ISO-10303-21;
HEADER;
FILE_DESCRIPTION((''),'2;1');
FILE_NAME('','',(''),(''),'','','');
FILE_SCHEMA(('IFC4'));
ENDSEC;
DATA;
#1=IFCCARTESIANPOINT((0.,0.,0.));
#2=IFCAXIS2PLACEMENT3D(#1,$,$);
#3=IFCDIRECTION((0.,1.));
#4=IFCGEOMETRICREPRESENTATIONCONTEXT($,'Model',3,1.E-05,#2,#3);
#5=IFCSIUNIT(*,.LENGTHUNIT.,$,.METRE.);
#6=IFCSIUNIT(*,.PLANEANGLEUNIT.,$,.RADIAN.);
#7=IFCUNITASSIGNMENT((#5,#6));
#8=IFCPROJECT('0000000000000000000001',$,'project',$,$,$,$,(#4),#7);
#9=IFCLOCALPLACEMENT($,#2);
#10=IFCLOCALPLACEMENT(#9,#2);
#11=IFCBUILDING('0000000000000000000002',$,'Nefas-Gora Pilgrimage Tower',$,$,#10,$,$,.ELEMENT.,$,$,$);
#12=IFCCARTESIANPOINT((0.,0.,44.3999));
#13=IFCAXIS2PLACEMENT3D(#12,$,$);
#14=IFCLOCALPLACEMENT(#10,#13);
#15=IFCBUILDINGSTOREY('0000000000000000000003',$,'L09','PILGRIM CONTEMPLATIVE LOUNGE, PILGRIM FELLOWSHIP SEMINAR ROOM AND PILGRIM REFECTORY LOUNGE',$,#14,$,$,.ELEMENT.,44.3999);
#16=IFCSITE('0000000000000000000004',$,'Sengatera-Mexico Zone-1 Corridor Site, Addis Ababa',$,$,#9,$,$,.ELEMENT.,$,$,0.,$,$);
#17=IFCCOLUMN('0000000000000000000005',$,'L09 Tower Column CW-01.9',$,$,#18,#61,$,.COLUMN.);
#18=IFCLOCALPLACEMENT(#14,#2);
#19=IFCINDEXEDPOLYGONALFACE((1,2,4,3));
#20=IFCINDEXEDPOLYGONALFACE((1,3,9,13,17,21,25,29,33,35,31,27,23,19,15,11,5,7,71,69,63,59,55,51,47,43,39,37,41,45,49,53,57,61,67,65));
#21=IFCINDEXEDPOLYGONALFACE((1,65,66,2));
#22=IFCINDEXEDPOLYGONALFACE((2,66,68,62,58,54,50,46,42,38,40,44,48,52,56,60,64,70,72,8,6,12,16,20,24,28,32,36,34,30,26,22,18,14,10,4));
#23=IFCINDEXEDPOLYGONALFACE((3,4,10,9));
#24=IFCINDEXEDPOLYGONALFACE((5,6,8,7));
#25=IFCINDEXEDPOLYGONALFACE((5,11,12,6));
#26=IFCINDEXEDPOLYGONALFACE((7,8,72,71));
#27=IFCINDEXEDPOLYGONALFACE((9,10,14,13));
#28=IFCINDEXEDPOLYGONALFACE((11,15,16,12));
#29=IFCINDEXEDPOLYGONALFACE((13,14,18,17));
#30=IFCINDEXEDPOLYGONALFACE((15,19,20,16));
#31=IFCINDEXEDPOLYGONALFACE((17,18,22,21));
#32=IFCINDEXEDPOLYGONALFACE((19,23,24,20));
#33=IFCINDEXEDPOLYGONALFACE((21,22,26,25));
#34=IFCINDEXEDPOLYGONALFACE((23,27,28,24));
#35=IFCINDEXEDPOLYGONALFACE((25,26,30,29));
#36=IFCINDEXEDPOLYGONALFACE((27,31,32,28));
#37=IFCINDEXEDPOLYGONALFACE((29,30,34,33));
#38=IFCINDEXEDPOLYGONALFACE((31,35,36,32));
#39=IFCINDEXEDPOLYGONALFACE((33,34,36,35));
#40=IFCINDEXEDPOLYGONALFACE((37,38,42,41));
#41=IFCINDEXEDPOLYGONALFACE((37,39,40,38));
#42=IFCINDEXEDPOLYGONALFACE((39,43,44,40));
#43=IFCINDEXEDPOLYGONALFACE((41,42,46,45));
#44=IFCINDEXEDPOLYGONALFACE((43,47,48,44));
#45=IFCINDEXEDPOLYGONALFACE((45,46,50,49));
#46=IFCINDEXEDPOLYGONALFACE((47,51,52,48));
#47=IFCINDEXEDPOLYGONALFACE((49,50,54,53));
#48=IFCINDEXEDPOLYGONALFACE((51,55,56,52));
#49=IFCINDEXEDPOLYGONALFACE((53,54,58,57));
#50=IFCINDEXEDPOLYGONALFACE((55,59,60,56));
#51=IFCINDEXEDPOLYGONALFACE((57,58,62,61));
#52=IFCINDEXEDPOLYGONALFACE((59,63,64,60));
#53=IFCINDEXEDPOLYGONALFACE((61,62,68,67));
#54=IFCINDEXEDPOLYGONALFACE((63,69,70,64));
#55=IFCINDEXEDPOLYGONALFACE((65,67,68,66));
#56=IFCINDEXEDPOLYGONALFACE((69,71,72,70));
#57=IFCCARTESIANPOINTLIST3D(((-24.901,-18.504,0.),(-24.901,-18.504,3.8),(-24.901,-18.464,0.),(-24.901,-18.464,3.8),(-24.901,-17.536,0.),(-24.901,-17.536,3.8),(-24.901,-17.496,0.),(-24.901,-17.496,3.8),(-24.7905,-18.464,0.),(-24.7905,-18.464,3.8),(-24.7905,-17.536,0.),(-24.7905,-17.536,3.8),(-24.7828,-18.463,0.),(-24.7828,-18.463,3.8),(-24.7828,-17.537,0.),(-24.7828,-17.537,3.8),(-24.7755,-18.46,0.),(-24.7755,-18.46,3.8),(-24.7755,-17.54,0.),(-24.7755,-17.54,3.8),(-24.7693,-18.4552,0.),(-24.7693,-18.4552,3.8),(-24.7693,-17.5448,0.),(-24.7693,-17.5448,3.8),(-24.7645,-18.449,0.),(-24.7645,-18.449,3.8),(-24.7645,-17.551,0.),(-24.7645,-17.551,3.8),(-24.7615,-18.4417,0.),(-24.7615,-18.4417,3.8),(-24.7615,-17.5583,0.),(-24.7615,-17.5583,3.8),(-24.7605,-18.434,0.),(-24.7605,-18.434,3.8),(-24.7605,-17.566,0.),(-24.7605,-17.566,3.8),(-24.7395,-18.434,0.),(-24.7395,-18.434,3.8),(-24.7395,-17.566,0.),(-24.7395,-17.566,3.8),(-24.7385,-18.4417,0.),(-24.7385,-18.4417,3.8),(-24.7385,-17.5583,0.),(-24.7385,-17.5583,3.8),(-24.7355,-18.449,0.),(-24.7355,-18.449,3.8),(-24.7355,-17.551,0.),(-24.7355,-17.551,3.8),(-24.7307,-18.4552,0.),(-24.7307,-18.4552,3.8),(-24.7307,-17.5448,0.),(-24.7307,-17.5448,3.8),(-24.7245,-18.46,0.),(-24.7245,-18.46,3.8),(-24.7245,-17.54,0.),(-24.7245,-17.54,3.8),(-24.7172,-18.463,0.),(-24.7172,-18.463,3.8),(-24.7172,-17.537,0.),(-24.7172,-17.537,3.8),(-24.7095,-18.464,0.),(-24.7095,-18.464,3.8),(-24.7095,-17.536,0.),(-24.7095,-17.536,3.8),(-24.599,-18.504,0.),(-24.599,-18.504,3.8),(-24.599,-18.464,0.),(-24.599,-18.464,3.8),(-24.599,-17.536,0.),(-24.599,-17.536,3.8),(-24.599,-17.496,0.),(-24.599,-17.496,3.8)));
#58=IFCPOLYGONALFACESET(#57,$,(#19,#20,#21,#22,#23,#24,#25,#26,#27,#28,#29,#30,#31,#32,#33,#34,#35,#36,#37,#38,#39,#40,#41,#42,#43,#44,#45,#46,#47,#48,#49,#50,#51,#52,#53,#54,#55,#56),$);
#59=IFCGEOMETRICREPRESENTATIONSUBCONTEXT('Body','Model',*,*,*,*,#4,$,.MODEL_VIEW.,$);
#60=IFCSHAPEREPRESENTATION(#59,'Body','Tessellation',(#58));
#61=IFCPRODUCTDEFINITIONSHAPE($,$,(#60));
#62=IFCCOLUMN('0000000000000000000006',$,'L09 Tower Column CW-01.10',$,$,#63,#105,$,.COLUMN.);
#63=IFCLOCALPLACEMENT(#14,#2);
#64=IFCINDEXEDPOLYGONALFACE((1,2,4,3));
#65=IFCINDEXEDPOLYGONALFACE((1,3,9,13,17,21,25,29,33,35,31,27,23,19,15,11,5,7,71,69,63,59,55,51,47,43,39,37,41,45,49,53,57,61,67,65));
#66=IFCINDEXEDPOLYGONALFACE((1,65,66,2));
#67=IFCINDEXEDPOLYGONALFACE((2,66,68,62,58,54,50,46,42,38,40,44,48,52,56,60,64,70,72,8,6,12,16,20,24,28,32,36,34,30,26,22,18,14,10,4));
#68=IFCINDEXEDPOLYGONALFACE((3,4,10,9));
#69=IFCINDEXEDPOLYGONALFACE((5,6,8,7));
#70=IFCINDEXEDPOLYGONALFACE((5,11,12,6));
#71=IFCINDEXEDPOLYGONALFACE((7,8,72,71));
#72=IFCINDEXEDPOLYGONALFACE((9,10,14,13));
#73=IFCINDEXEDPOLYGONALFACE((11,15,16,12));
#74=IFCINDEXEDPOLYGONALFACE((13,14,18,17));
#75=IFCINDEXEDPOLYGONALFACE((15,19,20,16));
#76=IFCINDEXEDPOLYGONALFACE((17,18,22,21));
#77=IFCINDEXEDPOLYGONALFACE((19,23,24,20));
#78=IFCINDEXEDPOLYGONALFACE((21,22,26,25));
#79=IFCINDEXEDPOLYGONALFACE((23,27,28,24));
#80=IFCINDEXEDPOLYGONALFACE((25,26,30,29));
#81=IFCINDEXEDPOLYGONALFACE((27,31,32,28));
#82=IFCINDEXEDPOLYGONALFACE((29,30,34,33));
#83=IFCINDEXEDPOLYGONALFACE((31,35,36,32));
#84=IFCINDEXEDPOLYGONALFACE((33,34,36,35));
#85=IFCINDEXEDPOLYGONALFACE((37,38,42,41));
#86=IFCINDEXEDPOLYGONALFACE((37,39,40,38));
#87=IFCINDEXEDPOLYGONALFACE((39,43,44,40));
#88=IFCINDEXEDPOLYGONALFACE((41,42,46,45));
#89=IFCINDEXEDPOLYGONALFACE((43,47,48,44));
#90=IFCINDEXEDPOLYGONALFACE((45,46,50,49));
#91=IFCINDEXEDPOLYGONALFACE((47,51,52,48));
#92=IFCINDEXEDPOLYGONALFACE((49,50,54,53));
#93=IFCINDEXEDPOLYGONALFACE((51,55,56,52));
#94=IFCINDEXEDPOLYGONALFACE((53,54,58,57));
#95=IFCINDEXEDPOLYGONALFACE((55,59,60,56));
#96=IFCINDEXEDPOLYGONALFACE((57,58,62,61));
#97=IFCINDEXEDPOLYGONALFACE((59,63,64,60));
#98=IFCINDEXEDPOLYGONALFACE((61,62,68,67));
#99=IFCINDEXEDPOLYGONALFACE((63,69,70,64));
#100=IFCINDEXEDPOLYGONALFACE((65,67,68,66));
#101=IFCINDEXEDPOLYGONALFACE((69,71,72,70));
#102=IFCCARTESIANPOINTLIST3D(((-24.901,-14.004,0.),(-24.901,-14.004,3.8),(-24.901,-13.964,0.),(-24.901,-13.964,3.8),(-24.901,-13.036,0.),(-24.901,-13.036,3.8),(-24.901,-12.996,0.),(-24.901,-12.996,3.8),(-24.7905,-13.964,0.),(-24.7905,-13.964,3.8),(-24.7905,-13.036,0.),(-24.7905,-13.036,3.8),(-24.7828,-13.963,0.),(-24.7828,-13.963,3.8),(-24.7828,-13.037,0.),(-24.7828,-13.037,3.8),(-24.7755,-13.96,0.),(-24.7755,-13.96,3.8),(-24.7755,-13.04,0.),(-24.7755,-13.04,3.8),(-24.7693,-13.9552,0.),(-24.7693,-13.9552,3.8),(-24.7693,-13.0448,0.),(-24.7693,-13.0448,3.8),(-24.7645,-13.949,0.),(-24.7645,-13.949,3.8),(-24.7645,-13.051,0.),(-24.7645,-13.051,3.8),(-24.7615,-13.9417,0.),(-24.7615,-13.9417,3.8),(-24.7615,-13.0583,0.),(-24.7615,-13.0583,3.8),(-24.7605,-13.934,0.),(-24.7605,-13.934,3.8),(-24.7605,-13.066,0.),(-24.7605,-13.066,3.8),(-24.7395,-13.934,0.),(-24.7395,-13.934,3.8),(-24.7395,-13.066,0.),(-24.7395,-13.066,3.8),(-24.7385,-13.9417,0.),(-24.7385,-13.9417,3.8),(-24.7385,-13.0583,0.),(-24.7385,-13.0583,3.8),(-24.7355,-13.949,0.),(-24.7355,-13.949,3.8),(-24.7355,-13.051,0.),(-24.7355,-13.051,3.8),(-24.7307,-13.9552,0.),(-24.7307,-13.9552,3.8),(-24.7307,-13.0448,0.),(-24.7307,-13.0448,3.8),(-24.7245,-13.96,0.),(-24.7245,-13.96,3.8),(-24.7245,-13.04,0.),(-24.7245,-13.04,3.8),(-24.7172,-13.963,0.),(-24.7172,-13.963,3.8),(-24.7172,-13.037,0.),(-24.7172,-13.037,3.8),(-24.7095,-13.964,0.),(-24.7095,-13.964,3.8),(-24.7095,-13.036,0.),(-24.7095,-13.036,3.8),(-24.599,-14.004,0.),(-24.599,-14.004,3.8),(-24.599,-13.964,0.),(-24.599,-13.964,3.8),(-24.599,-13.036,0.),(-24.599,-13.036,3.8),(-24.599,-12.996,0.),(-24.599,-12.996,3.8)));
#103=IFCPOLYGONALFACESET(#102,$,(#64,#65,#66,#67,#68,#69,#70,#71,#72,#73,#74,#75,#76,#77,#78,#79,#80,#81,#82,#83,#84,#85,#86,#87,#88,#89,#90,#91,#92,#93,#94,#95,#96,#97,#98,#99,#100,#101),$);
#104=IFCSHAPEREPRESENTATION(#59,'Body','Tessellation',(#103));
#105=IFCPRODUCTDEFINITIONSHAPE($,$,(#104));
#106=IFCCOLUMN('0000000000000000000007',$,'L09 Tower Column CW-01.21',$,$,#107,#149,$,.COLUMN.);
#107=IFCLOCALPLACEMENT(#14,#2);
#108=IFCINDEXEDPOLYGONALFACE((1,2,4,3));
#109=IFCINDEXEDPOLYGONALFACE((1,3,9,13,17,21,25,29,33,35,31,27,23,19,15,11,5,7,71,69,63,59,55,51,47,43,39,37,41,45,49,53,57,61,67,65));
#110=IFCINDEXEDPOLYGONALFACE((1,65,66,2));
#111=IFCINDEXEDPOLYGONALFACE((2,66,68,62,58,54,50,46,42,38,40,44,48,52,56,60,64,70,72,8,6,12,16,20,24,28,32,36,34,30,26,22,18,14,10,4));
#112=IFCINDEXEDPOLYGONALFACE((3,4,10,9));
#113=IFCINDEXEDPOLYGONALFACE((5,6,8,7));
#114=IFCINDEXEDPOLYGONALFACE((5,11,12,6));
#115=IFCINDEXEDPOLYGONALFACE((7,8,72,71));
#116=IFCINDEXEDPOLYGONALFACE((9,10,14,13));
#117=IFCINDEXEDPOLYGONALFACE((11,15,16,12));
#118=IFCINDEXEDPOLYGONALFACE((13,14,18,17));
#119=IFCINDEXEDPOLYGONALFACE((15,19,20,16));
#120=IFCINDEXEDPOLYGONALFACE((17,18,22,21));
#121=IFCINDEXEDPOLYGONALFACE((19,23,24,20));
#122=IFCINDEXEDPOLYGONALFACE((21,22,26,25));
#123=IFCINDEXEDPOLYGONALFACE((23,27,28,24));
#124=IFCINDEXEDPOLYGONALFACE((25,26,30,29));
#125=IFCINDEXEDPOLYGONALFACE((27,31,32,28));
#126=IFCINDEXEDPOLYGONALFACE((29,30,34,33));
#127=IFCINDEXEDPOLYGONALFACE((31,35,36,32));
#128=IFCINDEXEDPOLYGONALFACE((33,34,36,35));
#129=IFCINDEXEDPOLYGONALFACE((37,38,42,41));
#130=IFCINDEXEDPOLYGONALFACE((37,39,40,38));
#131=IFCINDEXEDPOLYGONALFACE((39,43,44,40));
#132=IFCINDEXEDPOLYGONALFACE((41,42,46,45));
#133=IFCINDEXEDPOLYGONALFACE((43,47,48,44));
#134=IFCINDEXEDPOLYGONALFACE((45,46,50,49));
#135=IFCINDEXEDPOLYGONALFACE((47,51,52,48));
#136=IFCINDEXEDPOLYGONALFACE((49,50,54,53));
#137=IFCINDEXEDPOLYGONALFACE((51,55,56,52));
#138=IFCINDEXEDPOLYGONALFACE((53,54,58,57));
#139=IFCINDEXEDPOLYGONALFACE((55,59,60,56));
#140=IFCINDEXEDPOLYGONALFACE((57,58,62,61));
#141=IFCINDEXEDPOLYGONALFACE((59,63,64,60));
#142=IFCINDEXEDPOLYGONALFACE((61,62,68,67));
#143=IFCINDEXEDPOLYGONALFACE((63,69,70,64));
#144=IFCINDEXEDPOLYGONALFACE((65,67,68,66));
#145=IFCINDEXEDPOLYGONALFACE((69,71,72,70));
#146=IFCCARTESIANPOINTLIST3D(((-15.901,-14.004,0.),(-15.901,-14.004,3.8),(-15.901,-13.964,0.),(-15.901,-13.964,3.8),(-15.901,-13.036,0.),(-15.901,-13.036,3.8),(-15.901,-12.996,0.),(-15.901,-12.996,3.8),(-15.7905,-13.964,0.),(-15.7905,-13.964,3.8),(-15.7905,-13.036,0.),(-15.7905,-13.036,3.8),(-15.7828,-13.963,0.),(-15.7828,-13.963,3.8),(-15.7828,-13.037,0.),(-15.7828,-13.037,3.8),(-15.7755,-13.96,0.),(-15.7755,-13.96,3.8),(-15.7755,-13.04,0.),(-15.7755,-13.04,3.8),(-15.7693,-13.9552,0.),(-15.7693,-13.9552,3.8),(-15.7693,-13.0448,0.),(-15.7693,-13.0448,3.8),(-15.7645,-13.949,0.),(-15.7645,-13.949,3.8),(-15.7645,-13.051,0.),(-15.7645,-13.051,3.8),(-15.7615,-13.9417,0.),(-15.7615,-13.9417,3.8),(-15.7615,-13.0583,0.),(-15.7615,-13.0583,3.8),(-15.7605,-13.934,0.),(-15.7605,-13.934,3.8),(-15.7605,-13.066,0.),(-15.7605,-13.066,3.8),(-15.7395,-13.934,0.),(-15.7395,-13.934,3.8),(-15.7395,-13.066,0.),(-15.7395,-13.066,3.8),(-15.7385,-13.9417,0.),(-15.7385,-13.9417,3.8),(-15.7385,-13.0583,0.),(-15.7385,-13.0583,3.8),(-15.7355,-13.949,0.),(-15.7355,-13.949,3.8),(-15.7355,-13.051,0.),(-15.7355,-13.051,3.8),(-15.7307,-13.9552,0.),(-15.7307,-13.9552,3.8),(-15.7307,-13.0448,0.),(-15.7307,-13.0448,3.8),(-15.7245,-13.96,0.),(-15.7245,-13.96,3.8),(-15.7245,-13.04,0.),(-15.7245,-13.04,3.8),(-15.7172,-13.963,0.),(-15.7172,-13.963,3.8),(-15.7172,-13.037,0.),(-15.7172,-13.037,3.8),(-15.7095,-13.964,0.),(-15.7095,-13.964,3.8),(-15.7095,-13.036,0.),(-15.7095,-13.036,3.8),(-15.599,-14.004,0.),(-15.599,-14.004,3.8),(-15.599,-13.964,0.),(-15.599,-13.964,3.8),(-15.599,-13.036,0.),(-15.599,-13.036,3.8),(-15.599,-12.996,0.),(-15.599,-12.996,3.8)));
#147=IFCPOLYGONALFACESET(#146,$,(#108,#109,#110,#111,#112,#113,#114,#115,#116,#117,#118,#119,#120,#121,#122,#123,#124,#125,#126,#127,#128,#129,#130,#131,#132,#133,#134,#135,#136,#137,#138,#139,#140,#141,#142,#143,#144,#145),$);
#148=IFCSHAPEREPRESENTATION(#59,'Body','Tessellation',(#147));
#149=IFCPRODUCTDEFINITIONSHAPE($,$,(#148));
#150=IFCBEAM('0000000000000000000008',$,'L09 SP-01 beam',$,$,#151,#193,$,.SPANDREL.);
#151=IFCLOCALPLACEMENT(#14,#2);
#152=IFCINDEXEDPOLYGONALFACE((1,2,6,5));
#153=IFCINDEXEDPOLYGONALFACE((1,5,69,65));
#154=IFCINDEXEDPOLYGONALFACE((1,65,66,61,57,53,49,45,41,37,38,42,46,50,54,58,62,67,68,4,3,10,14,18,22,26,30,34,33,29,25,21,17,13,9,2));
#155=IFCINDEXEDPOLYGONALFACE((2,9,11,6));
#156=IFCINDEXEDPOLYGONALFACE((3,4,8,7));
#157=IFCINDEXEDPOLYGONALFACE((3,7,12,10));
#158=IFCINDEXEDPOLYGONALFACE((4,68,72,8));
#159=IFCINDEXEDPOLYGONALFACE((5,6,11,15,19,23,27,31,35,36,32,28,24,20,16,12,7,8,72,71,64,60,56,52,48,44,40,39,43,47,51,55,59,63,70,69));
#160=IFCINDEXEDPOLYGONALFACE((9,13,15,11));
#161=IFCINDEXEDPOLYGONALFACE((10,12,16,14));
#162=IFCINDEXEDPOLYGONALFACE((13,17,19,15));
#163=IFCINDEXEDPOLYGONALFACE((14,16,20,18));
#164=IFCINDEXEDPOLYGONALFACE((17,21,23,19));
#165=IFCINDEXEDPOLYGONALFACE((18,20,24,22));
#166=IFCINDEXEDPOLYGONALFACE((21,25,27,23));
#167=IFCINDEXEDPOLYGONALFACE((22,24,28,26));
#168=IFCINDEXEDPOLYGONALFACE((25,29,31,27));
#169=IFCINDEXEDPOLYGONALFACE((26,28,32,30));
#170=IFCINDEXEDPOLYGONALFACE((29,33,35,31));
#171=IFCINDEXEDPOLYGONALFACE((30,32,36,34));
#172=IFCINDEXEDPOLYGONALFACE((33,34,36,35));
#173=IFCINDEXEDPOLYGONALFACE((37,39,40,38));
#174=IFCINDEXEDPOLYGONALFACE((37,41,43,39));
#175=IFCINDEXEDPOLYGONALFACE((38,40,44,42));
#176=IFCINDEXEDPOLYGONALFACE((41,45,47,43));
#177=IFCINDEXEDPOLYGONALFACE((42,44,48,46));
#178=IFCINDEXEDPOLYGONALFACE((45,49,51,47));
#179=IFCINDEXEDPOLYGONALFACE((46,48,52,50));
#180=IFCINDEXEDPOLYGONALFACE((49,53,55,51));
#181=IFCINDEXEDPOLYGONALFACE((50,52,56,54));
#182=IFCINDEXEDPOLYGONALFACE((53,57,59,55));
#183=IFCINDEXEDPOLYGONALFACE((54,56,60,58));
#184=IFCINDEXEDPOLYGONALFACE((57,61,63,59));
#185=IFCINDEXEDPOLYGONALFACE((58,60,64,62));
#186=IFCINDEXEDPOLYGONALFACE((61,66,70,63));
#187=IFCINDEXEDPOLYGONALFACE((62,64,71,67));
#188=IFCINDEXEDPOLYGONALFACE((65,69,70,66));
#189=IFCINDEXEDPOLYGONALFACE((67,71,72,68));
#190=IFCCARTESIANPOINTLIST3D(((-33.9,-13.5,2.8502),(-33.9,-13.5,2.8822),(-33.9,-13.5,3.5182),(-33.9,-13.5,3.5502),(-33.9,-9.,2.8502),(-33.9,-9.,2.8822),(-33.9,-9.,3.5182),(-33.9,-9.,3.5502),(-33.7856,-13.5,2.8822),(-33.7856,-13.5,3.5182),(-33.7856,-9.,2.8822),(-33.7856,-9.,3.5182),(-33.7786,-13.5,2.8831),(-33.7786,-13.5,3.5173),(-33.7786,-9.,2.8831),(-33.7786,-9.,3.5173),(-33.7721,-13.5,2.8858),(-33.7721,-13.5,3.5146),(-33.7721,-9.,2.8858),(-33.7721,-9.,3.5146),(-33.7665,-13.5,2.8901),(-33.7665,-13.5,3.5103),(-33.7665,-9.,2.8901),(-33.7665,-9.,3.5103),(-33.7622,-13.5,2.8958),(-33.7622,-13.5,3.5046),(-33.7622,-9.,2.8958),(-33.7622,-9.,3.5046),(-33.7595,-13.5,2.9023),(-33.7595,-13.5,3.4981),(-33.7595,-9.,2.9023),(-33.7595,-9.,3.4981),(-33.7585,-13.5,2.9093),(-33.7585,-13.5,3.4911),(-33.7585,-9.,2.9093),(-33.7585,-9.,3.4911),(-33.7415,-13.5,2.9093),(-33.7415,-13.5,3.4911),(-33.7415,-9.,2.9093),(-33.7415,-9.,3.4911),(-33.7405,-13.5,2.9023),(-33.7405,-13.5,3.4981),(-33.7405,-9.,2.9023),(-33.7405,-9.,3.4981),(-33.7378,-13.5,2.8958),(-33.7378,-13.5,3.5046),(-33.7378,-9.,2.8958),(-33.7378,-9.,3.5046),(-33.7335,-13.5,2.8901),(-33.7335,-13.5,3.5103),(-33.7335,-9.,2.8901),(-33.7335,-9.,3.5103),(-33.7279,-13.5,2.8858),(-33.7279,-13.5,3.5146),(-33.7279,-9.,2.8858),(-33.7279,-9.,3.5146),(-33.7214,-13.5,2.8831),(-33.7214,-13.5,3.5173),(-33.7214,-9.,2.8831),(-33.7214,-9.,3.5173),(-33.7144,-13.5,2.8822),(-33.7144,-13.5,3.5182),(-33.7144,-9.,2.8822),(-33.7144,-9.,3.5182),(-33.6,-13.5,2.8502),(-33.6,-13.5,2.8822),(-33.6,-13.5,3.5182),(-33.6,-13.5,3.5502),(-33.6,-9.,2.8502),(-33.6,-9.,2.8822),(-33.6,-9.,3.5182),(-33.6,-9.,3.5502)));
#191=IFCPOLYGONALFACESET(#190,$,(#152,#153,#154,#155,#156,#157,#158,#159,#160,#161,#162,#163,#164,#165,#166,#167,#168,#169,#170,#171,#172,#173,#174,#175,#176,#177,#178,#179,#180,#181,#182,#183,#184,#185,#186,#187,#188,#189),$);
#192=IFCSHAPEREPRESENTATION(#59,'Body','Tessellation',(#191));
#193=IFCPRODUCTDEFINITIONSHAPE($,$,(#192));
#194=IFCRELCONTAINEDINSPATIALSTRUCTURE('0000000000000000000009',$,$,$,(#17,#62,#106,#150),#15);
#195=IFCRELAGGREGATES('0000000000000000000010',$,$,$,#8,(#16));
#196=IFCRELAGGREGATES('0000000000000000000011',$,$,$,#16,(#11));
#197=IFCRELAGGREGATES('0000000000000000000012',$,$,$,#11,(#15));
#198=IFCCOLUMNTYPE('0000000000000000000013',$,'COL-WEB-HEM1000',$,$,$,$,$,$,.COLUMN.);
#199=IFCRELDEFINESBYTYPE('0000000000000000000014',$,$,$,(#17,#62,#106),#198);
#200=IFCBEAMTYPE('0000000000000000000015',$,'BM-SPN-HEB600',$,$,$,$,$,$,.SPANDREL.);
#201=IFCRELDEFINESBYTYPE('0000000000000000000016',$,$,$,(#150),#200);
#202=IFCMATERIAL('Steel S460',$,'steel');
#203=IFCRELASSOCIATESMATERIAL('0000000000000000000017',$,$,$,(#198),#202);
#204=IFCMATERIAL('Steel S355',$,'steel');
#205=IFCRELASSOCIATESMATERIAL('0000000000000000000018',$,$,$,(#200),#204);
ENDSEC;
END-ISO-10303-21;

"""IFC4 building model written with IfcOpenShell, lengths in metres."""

from ifc_helpers import new_model, si_unit, direction, frame, origin, origin_2d, place, context, subcontext, project, spatial, i_section, extrude, source, transform, mapped, material, material_profile, profile_set, type_object, element, save


model = new_model("IFC4")

# Units and contexts
model_context = context("Model", 3, precision=1e-05, world=origin(), true_north=direction((0.0, 1.0)))
body_context = subcontext(model_context, "Body", "Model", "MODEL_VIEW")
ifc_project = project(units=[si_unit("LENGTHUNIT", "METRE"), si_unit("PLANEANGLEUNIT", "RADIAN")], contexts=[model_context])

# Site, building, storey
site_placement = place(None, origin())
site = spatial("IfcSite", under=ifc_project, at=site_placement, Name="Sengatera-Mexico Zone-1 Corridor Site, Addis Ababa", CompositionType="ELEMENT", RefElevation=0.0)
building_placement = place(site_placement, origin())
building = spatial("IfcBuilding", under=site, at=building_placement, Name="Nefas-Gora Pilgrimage Tower", CompositionType="ELEMENT")
storey_placement = place(building_placement, frame((0.0, 0.0, 44.3999)))
storey = spatial("IfcBuildingStorey", under=building, at=storey_placement, Name="L09", Description="PILGRIM CONTEMPLATIVE LOUNGE, PILGRIM FELLOWSHIP SEMINAR ROOM AND PILGRIM REFECTORY LOUNGE", CompositionType="ELEMENT", Elevation=44.3999)

# Columns
ifc_material_1 = material(Name="Steel S460", Category="steel")
ifc_material_profile_1 = material_profile(ifc_material_1, i_section(OverallWidth=0.302, OverallDepth=1.0081, WebThickness=0.021, FlangeThickness=0.04, FilletRadius=0.03, at=origin_2d()), Name="HEM 1000")
ifc_profile_set_1 = profile_set([ifc_material_profile_1], Name="Steel S460")
column_type_1 = type_object("IfcColumnType", Name="COL-WEB-HEM1000", PredefinedType="COLUMN", material=ifc_profile_set_1)
shared_shape_1 = source(origin(), body_context, "Body", "SweptSolid", [
    extrude(i_section(OverallWidth=0.302, OverallDepth=1.0081, WebThickness=0.021, FlangeThickness=0.04, FilletRadius=0.03, at=origin_2d()), origin(), (0.0, 0.0, 1.0), 3.8),
])
for number, where, z_axis, x_axis, name in (
    (1, (-24.75, -18.0, 0.0), (0.0, 0.0, 1.0), (1.0, 0.0, 0.0), "L09 Tower Column CW-01.9"),
    (2, (-24.75, -13.5, 0.0), (0.0, 0.0, 1.0), (1.0, 0.0, 0.0), "L09 Tower Column CW-01.10"),
    (3, (-15.75, -13.5, 0.0), (0.0, 0.0, 1.0), (1.0, 0.0, 0.0), "L09 Tower Column CW-01.21"),
):
    element("IfcColumn", number, at=place(storey_placement, frame(where, z_axis=z_axis, x_axis=x_axis)), inside=storey, type_object=column_type_1, Name=name, PredefinedType="COLUMN", context=body_context, shape_type="MappedRepresentation", body=[
        mapped(shared_shape_1, transform((0.0, 0.0, 0.0), x_axis=(1.0, 0.0, 0.0), y_axis=(0.0, 1.0, 0.0), z_axis=(0.0, 0.0, 1.0), scale=1.0)),
    ])

# Beam
ifc_material_2 = material(Name="Steel S355", Category="steel")
ifc_material_profile_2 = material_profile(ifc_material_2, i_section(OverallWidth=0.3, OverallDepth=0.7, WebThickness=0.0171, FlangeThickness=0.032, FilletRadius=0.0271, at=origin_2d()), Name="HEB 700")
ifc_profile_set_2 = profile_set([ifc_material_profile_2], Name="Steel S355")
beam_type_1 = type_object("IfcBeamType", Name="BM-SPN-HEB600", PredefinedType="SPANDREL", material=ifc_profile_set_2)
shared_shape_2 = source(origin(), body_context, "Body", "SweptSolid", [
    extrude(i_section(OverallWidth=0.3, OverallDepth=0.7, WebThickness=0.0171, FlangeThickness=0.032, FilletRadius=0.0271, at=origin_2d()), origin(), (0.0, 0.0, 1.0), 4.5),
])
for number, where, z_axis, x_axis, name in (
    (4, (-33.75, -13.5, 3.2002), (0.0, 1.0, 0.0), (-1.0, 0.0, 0.0), "L09 SP-01 beam"),
):
    element("IfcBeam", number, at=place(storey_placement, frame(where, z_axis=z_axis, x_axis=x_axis)), inside=storey, type_object=beam_type_1, Name=name, PredefinedType="SPANDREL", context=body_context, shape_type="MappedRepresentation", body=[
        mapped(shared_shape_2, transform((0.0, 0.0, 0.0), x_axis=(1.0, 0.0, 0.0), y_axis=(0.0, 1.0, 0.0), z_axis=(0.0, 0.0, 1.0), scale=1.0)),
    ])

save(model, "model.ifc")
